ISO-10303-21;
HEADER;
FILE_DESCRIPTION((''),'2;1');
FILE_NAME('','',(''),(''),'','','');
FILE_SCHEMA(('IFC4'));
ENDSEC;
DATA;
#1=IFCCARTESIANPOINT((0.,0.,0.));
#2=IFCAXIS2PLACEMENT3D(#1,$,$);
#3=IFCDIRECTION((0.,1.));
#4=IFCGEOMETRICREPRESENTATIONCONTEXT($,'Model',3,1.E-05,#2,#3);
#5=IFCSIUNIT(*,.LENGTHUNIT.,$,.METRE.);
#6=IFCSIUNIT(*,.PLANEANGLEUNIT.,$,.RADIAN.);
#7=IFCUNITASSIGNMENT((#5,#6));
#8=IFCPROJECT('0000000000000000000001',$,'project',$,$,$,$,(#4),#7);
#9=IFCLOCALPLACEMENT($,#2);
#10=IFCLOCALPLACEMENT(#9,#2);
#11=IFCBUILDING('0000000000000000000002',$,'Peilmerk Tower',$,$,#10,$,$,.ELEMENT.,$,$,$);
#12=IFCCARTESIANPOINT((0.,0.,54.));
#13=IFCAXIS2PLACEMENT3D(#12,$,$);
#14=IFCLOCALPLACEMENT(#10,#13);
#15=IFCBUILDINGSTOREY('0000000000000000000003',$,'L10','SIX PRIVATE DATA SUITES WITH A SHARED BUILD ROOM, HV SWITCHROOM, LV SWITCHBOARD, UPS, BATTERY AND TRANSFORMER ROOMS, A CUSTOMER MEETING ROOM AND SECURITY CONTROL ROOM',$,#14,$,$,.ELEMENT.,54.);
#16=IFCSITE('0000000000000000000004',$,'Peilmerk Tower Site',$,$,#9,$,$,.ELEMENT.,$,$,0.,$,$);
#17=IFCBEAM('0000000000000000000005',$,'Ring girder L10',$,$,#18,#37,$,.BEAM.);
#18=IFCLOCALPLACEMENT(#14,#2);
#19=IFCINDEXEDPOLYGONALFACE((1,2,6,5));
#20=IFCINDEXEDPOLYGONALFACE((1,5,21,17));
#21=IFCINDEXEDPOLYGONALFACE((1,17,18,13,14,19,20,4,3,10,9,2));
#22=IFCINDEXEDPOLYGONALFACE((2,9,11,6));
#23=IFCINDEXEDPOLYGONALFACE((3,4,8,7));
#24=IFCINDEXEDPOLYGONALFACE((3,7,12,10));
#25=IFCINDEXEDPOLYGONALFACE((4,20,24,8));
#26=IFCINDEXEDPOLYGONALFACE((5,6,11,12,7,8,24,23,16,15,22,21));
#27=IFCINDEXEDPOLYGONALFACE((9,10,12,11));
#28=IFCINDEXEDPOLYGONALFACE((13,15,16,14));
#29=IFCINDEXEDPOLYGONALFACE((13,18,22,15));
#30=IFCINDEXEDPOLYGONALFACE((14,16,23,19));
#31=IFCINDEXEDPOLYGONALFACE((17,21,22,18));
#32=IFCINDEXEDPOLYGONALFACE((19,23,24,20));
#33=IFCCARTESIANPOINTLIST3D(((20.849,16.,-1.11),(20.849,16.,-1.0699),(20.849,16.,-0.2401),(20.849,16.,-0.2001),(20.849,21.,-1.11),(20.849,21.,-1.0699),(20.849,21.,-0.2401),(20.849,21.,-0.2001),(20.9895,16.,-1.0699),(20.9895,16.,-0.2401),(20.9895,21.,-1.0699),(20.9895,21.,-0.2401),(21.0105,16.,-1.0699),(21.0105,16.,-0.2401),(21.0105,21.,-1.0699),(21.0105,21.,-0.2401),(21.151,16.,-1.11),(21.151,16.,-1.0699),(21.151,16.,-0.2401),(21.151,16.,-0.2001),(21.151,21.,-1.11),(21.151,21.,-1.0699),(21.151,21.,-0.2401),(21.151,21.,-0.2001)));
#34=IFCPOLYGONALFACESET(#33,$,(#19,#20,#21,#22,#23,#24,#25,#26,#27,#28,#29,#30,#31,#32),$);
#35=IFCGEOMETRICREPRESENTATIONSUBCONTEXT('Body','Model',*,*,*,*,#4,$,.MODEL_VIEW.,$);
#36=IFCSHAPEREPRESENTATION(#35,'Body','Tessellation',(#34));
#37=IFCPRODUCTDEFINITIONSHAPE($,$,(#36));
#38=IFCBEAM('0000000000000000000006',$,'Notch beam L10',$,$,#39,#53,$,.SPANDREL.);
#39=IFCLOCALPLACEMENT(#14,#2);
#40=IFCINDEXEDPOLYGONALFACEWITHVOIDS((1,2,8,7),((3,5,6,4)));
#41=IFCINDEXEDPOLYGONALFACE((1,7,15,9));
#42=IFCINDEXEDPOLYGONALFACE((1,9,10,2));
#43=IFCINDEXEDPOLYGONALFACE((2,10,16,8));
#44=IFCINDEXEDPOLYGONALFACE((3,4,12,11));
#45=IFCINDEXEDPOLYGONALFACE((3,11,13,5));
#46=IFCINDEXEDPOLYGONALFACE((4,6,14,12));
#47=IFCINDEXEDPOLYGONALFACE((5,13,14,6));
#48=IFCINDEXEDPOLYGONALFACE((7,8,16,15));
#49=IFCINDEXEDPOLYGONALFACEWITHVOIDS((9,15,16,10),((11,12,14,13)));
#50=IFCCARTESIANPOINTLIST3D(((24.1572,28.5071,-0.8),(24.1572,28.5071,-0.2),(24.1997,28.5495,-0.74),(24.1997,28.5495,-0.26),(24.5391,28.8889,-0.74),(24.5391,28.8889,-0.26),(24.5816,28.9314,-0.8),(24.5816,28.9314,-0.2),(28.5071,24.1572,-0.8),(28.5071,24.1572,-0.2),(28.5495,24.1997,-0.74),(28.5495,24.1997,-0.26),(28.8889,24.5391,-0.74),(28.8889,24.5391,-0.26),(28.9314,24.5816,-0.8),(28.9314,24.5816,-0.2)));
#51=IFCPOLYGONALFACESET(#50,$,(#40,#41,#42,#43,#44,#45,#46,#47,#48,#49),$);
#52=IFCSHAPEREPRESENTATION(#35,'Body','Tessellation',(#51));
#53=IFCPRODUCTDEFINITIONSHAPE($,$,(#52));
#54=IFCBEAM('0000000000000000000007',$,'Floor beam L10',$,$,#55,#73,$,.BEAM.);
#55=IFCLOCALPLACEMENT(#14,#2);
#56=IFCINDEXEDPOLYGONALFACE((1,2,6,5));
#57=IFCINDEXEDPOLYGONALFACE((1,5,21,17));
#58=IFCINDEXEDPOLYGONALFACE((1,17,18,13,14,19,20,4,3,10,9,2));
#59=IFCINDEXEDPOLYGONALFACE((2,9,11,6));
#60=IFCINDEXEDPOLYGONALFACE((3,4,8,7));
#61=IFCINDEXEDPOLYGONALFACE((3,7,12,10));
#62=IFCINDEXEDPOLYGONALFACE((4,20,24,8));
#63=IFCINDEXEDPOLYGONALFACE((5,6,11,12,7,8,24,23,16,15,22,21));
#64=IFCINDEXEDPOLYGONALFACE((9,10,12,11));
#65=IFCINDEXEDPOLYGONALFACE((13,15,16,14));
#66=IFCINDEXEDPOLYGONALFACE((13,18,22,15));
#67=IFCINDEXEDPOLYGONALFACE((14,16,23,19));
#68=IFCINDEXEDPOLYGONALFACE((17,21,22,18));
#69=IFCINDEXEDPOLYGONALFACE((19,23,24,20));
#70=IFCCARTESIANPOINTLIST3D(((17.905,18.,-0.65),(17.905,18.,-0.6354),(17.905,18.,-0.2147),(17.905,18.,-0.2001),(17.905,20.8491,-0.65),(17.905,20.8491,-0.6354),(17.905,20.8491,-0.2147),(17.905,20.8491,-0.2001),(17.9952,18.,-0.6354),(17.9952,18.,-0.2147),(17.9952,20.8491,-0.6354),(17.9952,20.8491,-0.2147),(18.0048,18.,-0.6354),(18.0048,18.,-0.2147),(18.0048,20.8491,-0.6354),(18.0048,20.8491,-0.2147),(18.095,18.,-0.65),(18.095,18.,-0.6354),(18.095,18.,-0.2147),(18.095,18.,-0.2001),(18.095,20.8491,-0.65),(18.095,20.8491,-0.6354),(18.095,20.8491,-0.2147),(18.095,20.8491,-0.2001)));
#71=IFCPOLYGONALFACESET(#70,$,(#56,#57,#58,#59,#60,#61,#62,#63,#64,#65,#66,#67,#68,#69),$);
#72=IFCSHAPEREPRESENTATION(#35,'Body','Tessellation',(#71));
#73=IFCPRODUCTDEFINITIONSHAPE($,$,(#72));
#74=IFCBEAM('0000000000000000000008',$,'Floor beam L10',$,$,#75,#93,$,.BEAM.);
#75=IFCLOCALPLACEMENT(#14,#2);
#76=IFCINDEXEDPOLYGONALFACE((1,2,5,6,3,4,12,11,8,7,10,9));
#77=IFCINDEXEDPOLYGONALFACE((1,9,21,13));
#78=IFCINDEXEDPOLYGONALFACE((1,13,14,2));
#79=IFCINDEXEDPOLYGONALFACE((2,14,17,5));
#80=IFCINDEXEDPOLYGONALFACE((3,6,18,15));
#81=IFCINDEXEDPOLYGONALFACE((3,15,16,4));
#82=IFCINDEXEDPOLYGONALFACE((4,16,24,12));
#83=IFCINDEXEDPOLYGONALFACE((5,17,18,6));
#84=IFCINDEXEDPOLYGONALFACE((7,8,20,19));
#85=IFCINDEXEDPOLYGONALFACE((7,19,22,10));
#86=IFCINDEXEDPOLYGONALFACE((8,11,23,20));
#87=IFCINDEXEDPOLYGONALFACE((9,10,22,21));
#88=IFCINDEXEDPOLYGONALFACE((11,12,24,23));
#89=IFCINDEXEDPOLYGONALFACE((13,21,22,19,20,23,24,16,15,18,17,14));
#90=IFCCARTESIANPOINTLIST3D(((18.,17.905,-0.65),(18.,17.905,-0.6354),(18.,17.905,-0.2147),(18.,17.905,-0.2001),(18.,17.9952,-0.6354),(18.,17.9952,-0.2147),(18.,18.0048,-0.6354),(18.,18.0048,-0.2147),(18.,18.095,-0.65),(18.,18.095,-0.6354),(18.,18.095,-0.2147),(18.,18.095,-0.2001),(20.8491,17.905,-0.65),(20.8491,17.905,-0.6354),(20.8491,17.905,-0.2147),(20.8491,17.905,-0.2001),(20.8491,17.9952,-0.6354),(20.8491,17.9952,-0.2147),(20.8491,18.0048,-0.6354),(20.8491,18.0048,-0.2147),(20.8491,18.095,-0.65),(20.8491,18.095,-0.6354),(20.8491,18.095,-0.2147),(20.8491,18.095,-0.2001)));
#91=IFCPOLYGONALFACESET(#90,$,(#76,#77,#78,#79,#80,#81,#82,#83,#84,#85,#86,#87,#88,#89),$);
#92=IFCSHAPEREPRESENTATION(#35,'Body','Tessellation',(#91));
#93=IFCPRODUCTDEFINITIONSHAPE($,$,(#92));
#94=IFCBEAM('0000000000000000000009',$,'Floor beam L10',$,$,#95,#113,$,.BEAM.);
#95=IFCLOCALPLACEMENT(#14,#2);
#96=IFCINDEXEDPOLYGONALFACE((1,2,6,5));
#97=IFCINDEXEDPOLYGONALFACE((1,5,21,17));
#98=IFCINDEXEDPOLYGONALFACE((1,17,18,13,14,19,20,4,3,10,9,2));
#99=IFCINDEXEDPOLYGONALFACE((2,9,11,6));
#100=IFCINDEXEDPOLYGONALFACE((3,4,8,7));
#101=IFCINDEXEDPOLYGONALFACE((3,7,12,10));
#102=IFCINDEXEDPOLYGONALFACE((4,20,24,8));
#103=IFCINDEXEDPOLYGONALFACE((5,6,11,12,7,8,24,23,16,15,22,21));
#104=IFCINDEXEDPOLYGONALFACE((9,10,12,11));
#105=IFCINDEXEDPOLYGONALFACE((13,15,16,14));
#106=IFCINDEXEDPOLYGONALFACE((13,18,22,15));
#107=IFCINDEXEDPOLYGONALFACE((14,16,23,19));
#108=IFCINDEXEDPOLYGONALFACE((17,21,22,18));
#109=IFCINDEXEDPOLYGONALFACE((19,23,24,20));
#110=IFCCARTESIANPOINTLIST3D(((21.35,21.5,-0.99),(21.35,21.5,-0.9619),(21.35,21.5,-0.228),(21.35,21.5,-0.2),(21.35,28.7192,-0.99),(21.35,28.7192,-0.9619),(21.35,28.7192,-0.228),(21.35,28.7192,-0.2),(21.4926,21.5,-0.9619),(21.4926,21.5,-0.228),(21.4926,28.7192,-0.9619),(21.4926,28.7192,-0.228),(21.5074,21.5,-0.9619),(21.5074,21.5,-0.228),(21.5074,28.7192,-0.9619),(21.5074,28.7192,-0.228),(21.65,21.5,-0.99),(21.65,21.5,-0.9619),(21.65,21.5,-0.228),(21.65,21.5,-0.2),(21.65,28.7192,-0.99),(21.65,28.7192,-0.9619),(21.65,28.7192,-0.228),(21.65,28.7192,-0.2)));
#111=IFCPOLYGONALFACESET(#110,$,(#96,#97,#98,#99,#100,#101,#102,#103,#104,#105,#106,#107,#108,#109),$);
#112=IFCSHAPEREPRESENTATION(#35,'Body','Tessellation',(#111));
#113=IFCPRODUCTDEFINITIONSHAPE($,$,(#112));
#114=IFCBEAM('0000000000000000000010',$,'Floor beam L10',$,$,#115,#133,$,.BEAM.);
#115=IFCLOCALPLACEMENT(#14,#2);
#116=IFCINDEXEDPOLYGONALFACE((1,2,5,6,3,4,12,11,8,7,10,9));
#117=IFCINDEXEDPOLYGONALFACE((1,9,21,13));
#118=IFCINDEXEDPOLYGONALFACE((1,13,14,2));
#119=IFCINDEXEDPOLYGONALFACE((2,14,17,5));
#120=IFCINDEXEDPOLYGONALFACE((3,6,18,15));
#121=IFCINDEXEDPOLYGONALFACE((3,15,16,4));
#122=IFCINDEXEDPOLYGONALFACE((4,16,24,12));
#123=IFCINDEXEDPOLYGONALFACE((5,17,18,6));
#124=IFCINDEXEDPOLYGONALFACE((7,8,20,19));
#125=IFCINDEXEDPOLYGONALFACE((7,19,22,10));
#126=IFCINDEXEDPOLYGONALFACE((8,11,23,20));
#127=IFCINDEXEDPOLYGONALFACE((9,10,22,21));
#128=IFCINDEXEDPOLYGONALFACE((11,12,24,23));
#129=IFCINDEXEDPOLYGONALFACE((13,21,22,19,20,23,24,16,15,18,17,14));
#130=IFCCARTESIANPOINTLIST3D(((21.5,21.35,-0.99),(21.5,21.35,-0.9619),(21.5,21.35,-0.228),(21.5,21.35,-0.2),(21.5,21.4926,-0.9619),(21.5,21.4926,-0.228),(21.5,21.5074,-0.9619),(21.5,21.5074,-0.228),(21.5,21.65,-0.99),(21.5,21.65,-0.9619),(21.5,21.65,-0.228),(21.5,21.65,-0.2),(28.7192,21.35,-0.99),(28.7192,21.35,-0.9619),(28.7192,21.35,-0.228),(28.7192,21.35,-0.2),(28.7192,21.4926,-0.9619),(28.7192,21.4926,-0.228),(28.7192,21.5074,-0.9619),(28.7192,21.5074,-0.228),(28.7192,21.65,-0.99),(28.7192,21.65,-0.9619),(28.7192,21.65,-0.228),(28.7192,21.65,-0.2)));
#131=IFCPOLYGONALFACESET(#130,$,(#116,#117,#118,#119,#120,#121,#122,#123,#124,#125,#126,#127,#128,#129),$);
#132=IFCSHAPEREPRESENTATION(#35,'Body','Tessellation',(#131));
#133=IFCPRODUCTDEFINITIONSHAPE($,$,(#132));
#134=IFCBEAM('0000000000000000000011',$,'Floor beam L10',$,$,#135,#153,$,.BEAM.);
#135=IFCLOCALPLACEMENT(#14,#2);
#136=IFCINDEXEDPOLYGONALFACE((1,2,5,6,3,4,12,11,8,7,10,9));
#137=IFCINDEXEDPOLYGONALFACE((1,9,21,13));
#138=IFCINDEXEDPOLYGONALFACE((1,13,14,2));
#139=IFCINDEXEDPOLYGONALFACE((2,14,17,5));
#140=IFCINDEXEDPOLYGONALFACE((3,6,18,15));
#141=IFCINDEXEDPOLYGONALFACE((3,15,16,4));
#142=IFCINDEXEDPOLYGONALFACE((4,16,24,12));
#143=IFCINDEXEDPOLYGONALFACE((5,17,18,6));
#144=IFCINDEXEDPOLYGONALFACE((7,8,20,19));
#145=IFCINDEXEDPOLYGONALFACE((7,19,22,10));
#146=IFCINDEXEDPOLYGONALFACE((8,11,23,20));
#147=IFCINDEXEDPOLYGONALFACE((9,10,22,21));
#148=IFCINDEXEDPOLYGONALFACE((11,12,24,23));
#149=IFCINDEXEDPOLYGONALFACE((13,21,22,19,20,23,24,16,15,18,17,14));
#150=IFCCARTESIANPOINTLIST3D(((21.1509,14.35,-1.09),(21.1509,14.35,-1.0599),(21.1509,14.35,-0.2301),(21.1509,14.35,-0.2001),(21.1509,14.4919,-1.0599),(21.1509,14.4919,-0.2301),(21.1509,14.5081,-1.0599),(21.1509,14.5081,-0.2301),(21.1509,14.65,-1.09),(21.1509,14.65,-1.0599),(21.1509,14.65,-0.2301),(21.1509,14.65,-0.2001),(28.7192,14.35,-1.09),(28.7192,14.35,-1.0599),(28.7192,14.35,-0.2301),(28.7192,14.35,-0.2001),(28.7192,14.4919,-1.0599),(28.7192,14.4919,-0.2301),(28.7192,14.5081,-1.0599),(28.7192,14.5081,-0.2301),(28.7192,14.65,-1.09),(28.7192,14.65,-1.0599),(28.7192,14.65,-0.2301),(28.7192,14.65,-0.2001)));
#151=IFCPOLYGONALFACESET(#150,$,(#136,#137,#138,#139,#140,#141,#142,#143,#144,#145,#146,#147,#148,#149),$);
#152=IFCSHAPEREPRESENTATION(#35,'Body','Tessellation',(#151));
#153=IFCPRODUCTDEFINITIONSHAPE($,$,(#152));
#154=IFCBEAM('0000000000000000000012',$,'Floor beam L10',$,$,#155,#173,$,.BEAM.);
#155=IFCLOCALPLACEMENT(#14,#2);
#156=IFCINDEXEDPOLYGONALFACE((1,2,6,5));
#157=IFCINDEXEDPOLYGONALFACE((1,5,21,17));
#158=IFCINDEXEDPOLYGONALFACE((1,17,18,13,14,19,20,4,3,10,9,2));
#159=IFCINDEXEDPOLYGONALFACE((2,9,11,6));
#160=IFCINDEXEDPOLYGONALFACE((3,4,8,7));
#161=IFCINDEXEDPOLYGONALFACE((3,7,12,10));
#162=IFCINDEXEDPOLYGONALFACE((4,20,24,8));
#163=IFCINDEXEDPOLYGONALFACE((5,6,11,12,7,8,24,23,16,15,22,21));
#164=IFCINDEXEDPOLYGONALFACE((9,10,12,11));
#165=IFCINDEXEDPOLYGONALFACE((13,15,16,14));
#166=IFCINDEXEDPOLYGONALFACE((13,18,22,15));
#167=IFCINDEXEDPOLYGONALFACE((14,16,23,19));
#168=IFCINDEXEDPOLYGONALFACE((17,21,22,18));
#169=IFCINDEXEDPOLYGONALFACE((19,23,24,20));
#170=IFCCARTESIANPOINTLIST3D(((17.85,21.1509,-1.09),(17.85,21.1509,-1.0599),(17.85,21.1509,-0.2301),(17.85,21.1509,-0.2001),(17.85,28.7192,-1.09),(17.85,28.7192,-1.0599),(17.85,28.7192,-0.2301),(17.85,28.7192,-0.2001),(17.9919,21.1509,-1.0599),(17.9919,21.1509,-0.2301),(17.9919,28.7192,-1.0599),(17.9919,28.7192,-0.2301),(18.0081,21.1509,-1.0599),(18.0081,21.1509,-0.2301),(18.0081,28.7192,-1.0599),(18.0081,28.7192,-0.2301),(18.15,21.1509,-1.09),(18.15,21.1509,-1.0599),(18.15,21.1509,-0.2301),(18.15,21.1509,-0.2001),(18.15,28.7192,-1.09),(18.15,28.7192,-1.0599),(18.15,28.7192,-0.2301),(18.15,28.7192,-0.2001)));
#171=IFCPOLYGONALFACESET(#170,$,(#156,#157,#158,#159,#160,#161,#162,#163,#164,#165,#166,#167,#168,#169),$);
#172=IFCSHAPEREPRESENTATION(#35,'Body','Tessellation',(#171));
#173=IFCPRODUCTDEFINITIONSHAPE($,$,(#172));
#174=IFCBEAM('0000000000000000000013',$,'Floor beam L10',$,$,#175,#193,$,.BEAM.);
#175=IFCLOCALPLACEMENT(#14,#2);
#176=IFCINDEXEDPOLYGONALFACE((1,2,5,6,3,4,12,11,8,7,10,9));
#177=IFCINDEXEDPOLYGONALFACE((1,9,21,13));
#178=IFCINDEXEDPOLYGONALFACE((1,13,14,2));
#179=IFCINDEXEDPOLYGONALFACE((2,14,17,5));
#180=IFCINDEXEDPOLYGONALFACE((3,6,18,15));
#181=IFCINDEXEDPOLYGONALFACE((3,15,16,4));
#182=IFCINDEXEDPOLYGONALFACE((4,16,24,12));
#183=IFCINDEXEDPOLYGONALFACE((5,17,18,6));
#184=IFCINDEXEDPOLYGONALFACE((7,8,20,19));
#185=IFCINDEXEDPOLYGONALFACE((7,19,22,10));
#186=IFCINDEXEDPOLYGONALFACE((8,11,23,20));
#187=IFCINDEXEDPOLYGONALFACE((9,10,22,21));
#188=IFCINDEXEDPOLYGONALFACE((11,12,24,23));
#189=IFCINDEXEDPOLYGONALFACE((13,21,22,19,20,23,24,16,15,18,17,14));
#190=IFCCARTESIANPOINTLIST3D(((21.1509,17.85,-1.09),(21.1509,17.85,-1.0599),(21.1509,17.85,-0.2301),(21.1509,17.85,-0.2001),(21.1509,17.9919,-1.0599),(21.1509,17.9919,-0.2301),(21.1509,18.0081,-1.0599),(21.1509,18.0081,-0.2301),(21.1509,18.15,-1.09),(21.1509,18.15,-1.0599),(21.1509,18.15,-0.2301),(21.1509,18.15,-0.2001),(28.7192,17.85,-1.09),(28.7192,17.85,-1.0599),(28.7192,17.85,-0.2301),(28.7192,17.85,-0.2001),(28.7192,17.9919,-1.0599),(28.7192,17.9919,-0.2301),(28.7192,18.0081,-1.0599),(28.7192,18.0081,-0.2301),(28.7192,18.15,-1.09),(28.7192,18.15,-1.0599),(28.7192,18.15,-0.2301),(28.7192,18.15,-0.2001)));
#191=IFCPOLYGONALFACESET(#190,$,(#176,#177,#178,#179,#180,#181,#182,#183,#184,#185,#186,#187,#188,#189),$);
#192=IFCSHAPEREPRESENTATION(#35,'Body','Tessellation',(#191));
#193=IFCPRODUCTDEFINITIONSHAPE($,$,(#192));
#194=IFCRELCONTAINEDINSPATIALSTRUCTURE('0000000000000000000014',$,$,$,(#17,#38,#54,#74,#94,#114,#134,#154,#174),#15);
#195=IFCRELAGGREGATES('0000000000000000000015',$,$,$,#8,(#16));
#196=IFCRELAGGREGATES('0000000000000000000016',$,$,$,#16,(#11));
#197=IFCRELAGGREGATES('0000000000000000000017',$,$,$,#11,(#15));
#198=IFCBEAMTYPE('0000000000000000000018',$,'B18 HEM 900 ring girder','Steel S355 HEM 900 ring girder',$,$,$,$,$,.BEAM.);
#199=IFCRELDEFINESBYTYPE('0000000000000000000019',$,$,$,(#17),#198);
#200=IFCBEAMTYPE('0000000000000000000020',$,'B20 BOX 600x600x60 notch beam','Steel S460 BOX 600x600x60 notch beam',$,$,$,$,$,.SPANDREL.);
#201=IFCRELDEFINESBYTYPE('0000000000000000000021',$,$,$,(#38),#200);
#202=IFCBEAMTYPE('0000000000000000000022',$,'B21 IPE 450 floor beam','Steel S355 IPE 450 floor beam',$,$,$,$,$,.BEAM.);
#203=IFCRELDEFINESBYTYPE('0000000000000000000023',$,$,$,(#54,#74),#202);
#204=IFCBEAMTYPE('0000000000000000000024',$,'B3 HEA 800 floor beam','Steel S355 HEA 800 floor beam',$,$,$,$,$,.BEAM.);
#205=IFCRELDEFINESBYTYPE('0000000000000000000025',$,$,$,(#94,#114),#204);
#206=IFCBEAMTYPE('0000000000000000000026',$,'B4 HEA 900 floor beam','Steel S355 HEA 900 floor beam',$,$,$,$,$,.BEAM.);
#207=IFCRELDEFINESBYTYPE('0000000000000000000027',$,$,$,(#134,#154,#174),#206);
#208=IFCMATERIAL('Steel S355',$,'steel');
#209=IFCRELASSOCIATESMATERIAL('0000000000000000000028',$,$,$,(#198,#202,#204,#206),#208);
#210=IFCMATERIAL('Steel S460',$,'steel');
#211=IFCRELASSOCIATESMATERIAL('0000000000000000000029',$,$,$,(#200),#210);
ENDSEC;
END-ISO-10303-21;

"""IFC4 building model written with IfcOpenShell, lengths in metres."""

from ifc_helpers import new_model, si_unit, direction, frame, origin, origin_2d, place, context, subcontext, project, spatial, hollow_rectangle, i_section, extrude, material, material_profile, profile_set, type_object, element, save


model = new_model("IFC4")

# Units and contexts
model_context = context("Model", 3, precision=1e-05, world=origin(), true_north=direction((0.0, 1.0)))
body_context = subcontext(model_context, "Body", "Model", "MODEL_VIEW")
ifc_project = project(units=[si_unit("LENGTHUNIT", "METRE"), si_unit("PLANEANGLEUNIT", "RADIAN")], contexts=[model_context])

# Site, building, storey
site_placement = place(None, origin())
site = spatial("IfcSite", under=ifc_project, at=site_placement, Name="Peilmerk Tower Site", CompositionType="ELEMENT", RefElevation=0.0)
building_placement = place(site_placement, origin())
building = spatial("IfcBuilding", under=site, at=building_placement, Name="Peilmerk Tower", CompositionType="ELEMENT")
storey_placement = place(building_placement, frame((0.0, 0.0, 54.0)))
storey = spatial("IfcBuildingStorey", under=building, at=storey_placement, Name="L10", Description="SIX PRIVATE DATA SUITES WITH A SHARED BUILD ROOM, HV SWITCHROOM, LV SWITCHBOARD, UPS, BATTERY AND TRANSFORMER ROOMS, A CUSTOMER MEETING ROOM AND SECURITY CONTROL ROOM", CompositionType="ELEMENT", Elevation=54.0)

# Beams
ifc_material_1 = material(Name="Steel S355", Category="steel")
ifc_material_profile_1 = material_profile(ifc_material_1, i_section(OverallWidth=0.302, OverallDepth=0.9099, WebThickness=0.021, FlangeThickness=0.04, at=origin_2d()), Name="HEM 900")
ifc_profile_set_1 = profile_set([ifc_material_profile_1], Name="Steel S355")
beam_type_1 = type_object("IfcBeamType", Name="B18 HEM 900 ring girder", Description="Steel S355 HEM 900 ring girder", PredefinedType="BEAM", material=ifc_profile_set_1)
for number, where, z_axis, x_axis, name in (
    (1, (21.0, 16.0, -0.655), (0.0, 1.0, 0.0), (-1.0, 0.0, 0.0), "Ring girder L10"),
):
    element("IfcBeam", number, at=place(storey_placement, frame(where, z_axis=z_axis, x_axis=x_axis)), inside=storey, type_object=beam_type_1, Name=name, PredefinedType="BEAM", context=body_context, shape_type="SweptSolid", body=[
        extrude(i_section(OverallWidth=0.302, OverallDepth=0.9099, WebThickness=0.021, FlangeThickness=0.04, at=origin_2d()), origin(), (0.0, 0.0, 1.0), 5.0),
    ])
ifc_material_2 = material(Name="Steel S460", Category="steel")
ifc_material_profile_2 = material_profile(ifc_material_2, hollow_rectangle(XDim=0.6001, YDim=0.6001, WallThickness=0.0601, at=origin_2d()), Name="BOX 600x600x60")
ifc_profile_set_2 = profile_set([ifc_material_profile_2], Name="Steel S460")
beam_type_2 = type_object("IfcBeamType", Name="B20 BOX 600x600x60 notch beam", Description="Steel S460 BOX 600x600x60 notch beam", PredefinedType="SPANDREL", material=ifc_profile_set_2)
beam_1_placement = place(storey_placement, frame((24.3694, 28.7192, -0.5), z_axis=(0.707107, -0.707107, 0.0), x_axis=(0.707107, 0.707107, 0.0)))
element("IfcBeam", 2, at=beam_1_placement, inside=storey, type_object=beam_type_2, Name="Notch beam L10", PredefinedType="SPANDREL", context=body_context, shape_type="SweptSolid", body=[
    extrude(hollow_rectangle(XDim=0.6001, YDim=0.6001, WallThickness=0.0601, at=origin_2d()), origin(), (0.0, 0.0, 1.0), 6.1516),
])
ifc_material_profile_3 = material_profile(ifc_material_1, i_section(OverallWidth=0.1899, OverallDepth=0.45, WebThickness=0.0095, FlangeThickness=0.0146, at=origin_2d()), Name="IPE 450")
ifc_profile_set_3 = profile_set([ifc_material_profile_3], Name="Steel S355")
beam_type_3 = type_object("IfcBeamType", Name="B21 IPE 450 floor beam", Description="Steel S355 IPE 450 floor beam", PredefinedType="BEAM", material=ifc_profile_set_3)
for number, where, z_axis, x_axis, name in (
    (3, (18.0, 18.0, -0.425), (0.0, 1.0, 0.0), (-1.0, 0.0, 0.0), "Floor beam L10"),
    (4, (18.0, 18.0, -0.425), (1.0, 0.0, 0.0), (0.0, 1.0, 0.0), "Floor beam L10"),
):
    element("IfcBeam", number, at=place(storey_placement, frame(where, z_axis=z_axis, x_axis=x_axis)), inside=storey, type_object=beam_type_3, Name=name, PredefinedType="BEAM", context=body_context, shape_type="SweptSolid", body=[
        extrude(i_section(OverallWidth=0.1899, OverallDepth=0.45, WebThickness=0.0095, FlangeThickness=0.0146, at=origin_2d()), origin(), (0.0, 0.0, 1.0), 2.8491),
    ])
ifc_material_profile_4 = material_profile(ifc_material_1, i_section(OverallWidth=0.3, OverallDepth=0.79, WebThickness=0.0149, FlangeThickness=0.0281, at=origin_2d()), Name="HEA 800")
ifc_profile_set_4 = profile_set([ifc_material_profile_4], Name="Steel S355")
beam_type_4 = type_object("IfcBeamType", Name="B3 HEA 800 floor beam", Description="Steel S355 HEA 800 floor beam", PredefinedType="BEAM", material=ifc_profile_set_4)
for number, where, z_axis, x_axis, name in (
    (5, (21.5, 21.5, -0.595), (0.0, 1.0, 0.0), (-1.0, 0.0, 0.0), "Floor beam L10"),
    (6, (21.5, 21.5, -0.595), (1.0, 0.0, 0.0), (0.0, 1.0, 0.0), "Floor beam L10"),
):
    element("IfcBeam", number, at=place(storey_placement, frame(where, z_axis=z_axis, x_axis=x_axis)), inside=storey, type_object=beam_type_4, Name=name, PredefinedType="BEAM", context=body_context, shape_type="SweptSolid", body=[
        extrude(i_section(OverallWidth=0.3, OverallDepth=0.79, WebThickness=0.0149, FlangeThickness=0.0281, at=origin_2d()), origin(), (0.0, 0.0, 1.0), 7.2192),
    ])
ifc_material_profile_5 = material_profile(ifc_material_1, i_section(OverallWidth=0.3, OverallDepth=0.8899, WebThickness=0.0161, FlangeThickness=0.03, at=origin_2d()), Name="HEA 900")
ifc_profile_set_5 = profile_set([ifc_material_profile_5], Name="Steel S355")
beam_type_5 = type_object("IfcBeamType", Name="B4 HEA 900 floor beam", Description="Steel S355 HEA 900 floor beam", PredefinedType="BEAM", material=ifc_profile_set_5)
for number, where, z_axis, x_axis, name in (
    (7, (21.1509, 14.5, -0.645), (1.0, 0.0, 0.0), (0.0, 1.0, 0.0), "Floor beam L10"),
    (8, (18.0, 21.1509, -0.645), (0.0, 1.0, 0.0), (-1.0, 0.0, 0.0), "Floor beam L10"),
    (9, (21.1509, 18.0, -0.645), (1.0, 0.0, 0.0), (0.0, 1.0, 0.0), "Floor beam L10"),
):
    element("IfcBeam", number, at=place(storey_placement, frame(where, z_axis=z_axis, x_axis=x_axis)), inside=storey, type_object=beam_type_5, Name=name, PredefinedType="BEAM", context=body_context, shape_type="SweptSolid", body=[
        extrude(i_section(OverallWidth=0.3, OverallDepth=0.8899, WebThickness=0.0161, FlangeThickness=0.03, at=origin_2d()), origin(), (0.0, 0.0, 1.0), 7.5684),
    ])

save(model, "model.ifc")
